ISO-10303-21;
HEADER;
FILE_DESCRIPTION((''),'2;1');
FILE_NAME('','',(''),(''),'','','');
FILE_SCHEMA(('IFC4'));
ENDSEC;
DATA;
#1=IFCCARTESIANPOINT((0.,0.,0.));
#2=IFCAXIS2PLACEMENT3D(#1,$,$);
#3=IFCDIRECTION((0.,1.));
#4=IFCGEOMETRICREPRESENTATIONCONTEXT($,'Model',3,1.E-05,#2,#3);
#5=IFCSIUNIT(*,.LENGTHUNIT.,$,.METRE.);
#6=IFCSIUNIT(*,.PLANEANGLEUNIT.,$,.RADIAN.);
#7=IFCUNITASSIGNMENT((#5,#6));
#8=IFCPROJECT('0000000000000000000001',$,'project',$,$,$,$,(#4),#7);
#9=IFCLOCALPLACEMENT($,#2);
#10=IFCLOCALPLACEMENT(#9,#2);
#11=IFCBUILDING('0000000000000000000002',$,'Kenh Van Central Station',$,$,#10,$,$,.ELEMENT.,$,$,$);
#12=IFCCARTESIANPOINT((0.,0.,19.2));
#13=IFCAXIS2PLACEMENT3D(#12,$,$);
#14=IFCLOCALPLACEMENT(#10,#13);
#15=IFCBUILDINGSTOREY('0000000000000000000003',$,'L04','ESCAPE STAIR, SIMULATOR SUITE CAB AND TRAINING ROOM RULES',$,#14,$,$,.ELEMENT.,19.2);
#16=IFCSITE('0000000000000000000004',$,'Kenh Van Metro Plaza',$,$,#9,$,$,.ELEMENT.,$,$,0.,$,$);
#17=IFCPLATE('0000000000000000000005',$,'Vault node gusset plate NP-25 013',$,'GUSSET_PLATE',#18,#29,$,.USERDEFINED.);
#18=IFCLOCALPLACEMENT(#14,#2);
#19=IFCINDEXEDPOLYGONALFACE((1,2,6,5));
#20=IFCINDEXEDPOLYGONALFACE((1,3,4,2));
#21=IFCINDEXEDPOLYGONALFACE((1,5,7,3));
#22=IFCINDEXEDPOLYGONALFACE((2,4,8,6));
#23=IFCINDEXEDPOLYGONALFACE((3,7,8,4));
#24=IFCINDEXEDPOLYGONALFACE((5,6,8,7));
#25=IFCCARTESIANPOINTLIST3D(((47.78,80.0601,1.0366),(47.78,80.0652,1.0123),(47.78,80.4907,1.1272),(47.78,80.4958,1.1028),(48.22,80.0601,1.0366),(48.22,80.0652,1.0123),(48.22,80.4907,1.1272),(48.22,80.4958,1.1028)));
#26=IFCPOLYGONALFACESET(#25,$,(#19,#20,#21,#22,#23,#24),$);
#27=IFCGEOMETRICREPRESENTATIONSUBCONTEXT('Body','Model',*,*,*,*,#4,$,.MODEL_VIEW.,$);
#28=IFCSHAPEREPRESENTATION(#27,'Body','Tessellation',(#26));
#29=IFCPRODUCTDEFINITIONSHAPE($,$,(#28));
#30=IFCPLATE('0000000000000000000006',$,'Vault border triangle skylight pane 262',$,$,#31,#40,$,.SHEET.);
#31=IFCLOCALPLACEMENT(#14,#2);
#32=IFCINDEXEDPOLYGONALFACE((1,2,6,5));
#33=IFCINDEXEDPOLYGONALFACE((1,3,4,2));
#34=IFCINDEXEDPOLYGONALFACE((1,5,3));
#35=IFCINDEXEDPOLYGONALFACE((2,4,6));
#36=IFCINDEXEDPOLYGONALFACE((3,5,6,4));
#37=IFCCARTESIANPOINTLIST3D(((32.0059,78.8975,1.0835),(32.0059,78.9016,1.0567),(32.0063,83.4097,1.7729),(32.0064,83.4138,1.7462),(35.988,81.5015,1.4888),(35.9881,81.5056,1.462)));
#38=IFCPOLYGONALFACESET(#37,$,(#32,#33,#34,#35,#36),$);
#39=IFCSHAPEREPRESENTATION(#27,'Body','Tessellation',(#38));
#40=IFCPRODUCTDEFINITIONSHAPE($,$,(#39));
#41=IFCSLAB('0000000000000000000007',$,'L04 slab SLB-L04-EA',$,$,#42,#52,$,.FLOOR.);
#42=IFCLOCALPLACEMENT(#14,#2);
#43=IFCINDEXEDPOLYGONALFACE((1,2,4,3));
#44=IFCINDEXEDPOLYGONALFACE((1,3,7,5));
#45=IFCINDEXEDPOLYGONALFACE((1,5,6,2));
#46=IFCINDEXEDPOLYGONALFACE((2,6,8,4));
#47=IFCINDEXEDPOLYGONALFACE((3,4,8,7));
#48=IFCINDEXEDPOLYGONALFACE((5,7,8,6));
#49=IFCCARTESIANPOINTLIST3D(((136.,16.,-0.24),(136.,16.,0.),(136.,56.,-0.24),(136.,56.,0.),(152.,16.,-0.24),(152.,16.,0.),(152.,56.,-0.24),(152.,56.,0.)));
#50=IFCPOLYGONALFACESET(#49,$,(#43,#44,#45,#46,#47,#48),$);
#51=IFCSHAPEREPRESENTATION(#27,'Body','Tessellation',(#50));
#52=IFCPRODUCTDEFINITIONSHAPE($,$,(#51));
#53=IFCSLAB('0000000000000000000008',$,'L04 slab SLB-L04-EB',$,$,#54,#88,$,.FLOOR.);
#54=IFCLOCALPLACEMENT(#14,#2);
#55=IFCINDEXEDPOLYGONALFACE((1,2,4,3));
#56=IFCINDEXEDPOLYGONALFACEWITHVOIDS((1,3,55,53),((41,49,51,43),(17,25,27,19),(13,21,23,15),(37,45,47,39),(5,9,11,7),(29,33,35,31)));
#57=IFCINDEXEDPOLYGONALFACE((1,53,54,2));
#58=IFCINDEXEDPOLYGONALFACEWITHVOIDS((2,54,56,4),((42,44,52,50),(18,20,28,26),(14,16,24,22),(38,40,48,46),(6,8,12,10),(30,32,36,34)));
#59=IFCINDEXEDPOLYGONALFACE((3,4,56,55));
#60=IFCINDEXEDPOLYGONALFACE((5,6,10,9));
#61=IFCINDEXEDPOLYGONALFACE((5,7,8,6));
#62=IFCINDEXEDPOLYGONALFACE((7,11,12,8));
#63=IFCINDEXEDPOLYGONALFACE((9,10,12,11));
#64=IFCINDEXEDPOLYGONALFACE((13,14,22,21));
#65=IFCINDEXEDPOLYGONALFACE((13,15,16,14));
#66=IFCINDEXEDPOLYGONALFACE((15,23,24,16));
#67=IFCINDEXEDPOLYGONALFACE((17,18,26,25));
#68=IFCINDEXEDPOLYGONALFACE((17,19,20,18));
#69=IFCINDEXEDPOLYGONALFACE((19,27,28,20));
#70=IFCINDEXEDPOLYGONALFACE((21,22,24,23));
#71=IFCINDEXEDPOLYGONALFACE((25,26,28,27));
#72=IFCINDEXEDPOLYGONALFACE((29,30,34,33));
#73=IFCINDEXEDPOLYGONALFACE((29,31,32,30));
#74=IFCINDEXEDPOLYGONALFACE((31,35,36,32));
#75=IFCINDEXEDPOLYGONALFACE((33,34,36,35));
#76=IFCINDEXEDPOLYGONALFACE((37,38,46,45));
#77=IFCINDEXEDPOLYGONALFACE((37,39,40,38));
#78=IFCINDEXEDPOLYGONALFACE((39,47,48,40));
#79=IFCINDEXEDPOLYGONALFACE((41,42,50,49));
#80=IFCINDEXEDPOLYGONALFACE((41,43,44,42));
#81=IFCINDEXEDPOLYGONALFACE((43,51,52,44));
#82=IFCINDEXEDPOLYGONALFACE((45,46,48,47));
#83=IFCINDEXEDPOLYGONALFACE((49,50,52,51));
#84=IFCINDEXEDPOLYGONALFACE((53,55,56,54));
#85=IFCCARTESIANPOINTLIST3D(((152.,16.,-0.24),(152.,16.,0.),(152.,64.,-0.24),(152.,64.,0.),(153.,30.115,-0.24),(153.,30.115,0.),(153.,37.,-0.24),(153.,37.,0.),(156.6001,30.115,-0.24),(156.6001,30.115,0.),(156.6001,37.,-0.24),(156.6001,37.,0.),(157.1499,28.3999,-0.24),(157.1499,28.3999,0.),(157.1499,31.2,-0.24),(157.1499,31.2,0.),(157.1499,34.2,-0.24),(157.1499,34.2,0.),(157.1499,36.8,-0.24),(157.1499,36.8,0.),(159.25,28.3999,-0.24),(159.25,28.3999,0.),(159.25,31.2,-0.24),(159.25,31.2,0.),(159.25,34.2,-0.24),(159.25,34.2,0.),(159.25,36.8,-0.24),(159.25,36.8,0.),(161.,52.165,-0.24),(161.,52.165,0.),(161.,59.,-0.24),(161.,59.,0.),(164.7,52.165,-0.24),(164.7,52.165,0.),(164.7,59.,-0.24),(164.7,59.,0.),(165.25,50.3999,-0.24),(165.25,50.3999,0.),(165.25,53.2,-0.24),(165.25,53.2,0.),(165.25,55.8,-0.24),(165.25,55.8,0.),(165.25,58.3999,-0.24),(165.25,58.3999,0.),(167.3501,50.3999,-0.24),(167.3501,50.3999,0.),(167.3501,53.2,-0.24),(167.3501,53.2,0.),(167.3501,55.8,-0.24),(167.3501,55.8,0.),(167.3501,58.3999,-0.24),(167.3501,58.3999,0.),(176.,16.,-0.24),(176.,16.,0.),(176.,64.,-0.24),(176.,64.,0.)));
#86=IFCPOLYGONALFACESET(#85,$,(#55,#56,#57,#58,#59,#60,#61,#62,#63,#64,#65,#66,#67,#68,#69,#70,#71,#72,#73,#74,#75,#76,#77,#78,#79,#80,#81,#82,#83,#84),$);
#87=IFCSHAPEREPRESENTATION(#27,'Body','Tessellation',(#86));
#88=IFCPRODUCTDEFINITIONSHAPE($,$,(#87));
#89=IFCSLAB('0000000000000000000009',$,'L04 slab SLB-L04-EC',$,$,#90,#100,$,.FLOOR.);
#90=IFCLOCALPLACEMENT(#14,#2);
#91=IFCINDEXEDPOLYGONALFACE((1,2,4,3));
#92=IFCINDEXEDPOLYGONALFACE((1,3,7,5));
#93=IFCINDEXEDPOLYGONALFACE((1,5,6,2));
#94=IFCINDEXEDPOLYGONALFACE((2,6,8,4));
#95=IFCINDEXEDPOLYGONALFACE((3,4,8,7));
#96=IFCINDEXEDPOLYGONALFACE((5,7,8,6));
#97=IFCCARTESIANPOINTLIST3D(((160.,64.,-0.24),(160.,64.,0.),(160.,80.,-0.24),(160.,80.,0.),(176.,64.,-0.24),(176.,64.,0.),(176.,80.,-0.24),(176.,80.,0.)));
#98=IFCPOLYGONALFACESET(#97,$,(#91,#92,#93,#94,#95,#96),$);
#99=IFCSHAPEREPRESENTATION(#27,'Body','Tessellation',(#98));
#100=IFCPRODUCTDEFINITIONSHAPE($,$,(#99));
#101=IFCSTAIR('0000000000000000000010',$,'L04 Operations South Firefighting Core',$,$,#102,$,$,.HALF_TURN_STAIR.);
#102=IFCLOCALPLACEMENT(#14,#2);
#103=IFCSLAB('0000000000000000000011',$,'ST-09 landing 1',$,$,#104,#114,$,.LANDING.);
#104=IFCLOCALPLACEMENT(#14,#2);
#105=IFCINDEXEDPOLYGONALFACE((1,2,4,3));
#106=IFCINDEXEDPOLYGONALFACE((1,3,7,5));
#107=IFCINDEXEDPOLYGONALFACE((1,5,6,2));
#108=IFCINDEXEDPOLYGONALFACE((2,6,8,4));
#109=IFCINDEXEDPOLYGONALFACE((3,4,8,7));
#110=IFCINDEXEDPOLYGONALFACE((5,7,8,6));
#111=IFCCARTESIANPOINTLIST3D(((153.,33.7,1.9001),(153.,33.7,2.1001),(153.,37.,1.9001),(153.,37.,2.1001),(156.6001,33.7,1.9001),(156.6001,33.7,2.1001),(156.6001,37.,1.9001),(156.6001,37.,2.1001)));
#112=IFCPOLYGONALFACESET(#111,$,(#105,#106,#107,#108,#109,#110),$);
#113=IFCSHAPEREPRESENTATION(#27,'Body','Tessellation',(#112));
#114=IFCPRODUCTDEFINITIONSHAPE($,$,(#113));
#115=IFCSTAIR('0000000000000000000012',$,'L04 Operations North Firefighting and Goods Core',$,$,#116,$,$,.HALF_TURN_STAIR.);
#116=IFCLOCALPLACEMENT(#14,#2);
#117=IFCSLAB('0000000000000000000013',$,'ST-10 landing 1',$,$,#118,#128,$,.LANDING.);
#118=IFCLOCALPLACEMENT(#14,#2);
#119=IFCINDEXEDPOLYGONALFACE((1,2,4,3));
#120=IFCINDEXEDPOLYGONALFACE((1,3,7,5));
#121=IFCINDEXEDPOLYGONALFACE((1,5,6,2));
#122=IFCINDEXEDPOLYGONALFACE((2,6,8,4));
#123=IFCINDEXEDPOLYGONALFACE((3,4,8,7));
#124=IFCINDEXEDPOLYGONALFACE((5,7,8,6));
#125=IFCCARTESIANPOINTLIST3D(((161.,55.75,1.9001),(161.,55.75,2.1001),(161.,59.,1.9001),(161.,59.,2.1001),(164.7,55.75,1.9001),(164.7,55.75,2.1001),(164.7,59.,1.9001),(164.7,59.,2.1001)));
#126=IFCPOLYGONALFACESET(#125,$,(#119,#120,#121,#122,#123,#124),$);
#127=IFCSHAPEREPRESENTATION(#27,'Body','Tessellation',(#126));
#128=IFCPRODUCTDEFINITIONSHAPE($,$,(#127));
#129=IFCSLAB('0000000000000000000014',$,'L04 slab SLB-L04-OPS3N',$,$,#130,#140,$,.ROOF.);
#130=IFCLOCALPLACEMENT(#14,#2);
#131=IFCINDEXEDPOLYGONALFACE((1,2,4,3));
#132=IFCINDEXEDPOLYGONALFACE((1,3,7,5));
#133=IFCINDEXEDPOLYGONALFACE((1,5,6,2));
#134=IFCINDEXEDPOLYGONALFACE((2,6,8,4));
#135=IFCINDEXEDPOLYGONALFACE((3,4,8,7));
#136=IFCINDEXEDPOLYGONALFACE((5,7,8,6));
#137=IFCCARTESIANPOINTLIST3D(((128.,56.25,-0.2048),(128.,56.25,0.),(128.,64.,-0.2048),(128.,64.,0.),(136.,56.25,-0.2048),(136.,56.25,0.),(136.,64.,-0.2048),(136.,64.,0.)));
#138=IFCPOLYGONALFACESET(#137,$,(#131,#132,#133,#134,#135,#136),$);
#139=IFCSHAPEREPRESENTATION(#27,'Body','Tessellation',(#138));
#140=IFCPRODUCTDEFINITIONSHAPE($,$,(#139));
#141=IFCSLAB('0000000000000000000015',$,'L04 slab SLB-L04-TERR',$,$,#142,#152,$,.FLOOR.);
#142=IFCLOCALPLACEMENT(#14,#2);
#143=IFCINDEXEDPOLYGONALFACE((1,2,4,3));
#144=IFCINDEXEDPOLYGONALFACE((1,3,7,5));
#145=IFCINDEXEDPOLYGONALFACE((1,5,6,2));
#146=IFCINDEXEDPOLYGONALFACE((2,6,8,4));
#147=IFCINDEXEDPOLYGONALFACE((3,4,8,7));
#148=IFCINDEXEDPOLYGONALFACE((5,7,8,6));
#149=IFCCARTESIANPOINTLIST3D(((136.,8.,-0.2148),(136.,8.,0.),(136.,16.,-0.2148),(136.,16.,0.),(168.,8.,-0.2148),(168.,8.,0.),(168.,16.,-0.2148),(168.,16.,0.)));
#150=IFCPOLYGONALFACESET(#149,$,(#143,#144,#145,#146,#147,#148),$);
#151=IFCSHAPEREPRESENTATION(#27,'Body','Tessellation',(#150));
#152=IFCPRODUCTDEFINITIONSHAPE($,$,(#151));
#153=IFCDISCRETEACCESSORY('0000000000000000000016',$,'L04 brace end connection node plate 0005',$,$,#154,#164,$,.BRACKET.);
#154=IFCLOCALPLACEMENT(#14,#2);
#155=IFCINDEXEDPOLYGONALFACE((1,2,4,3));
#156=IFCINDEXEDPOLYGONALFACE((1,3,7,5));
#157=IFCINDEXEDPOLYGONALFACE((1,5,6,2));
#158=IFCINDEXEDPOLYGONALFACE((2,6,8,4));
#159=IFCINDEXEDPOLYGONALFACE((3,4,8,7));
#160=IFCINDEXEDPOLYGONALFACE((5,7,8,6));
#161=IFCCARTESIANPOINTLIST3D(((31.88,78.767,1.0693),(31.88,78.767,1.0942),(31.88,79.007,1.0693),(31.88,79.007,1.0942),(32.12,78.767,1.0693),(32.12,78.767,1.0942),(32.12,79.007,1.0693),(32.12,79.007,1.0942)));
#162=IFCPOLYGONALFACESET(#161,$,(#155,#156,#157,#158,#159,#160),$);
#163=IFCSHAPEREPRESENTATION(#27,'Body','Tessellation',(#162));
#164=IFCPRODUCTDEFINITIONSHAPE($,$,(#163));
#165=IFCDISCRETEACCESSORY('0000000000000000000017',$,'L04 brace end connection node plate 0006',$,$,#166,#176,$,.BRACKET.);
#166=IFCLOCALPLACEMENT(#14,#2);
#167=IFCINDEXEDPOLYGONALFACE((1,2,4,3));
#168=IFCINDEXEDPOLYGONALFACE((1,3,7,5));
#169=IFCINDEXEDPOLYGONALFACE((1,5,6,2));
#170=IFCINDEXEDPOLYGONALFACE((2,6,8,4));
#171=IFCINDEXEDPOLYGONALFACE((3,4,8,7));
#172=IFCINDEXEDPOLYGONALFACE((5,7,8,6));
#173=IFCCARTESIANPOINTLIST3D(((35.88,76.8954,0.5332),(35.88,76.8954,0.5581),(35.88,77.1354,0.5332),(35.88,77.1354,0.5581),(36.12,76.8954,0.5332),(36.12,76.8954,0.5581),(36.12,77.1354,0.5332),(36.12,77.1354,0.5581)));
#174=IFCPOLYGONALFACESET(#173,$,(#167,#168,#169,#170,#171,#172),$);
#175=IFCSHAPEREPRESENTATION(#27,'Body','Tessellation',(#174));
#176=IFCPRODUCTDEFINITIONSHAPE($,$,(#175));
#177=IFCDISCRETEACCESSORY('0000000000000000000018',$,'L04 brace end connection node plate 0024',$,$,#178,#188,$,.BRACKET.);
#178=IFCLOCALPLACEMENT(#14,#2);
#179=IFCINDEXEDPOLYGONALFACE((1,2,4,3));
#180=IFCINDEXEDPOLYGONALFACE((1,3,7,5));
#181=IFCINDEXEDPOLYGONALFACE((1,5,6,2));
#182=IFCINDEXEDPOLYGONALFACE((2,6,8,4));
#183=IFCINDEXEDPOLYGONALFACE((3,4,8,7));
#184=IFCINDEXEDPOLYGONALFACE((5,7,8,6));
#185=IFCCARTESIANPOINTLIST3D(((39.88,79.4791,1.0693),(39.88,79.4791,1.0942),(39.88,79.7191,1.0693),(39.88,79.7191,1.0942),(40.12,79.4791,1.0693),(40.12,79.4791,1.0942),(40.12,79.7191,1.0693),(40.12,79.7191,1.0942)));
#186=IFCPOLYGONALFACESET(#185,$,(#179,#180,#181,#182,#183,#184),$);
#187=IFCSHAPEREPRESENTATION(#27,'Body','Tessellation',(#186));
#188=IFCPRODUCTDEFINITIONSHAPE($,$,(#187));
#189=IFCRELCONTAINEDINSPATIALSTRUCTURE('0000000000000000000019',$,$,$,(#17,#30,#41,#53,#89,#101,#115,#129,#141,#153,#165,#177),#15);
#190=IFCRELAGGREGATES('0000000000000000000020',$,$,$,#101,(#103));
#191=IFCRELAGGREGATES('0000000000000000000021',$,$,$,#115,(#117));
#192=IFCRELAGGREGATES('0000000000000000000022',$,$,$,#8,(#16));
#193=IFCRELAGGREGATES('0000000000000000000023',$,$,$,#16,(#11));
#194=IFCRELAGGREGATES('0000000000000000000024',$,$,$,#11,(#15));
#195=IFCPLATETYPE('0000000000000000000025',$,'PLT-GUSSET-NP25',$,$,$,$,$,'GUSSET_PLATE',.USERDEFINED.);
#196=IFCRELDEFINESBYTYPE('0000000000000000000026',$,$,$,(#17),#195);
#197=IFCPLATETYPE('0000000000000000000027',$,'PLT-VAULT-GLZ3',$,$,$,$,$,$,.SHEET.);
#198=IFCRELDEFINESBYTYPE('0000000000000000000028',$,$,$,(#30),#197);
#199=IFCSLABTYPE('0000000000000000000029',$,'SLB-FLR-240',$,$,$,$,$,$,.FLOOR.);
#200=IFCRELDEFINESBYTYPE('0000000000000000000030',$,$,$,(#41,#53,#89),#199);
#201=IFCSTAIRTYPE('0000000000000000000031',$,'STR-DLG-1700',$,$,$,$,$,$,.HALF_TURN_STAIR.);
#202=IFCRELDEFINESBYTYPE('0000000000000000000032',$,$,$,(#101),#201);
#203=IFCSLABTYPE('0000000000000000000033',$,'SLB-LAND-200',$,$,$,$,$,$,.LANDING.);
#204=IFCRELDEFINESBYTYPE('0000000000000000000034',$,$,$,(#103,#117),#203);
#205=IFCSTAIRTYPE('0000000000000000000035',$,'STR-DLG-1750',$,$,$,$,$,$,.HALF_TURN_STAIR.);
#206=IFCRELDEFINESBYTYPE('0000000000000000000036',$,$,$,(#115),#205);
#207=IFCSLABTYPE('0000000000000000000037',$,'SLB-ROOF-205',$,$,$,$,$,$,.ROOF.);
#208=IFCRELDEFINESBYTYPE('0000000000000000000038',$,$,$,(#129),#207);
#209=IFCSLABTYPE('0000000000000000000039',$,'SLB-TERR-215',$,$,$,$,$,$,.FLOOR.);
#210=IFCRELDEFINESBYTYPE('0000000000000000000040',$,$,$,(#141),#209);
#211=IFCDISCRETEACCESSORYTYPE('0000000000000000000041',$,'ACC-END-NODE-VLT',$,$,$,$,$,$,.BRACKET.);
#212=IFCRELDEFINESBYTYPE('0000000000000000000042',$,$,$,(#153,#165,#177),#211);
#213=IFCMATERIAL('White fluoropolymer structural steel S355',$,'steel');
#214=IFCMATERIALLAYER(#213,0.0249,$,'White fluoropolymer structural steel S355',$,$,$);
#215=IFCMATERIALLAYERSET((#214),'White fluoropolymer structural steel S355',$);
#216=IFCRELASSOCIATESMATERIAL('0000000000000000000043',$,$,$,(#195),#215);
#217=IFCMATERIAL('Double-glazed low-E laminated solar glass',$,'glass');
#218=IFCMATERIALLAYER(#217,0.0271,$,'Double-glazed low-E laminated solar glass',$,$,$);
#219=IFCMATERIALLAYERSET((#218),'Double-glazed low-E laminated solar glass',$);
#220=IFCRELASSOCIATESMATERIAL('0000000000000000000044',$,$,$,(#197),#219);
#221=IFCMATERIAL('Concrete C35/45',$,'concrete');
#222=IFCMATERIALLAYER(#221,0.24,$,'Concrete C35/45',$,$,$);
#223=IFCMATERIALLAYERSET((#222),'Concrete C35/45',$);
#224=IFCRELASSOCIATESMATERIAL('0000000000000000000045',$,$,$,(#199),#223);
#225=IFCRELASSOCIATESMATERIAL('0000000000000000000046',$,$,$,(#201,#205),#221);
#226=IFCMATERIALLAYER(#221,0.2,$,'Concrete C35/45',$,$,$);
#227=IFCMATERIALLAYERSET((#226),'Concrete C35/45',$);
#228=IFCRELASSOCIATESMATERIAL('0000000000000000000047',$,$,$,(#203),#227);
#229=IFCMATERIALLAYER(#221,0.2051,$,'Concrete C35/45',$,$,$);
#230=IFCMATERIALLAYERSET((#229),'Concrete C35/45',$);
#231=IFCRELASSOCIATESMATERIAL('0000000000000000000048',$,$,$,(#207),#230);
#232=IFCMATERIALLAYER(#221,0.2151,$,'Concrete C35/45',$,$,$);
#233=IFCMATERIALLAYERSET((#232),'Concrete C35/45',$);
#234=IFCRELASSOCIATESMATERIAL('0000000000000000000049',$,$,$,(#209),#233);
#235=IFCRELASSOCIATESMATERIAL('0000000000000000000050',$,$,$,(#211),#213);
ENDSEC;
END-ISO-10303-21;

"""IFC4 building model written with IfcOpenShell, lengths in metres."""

from ifc_helpers import new_model, si_unit, direction, frame, origin, origin_2d, place, context, subcontext, project, spatial, polyline, rectangle, outline, extrude, material, layer, layer_set, type_object, element, aggregate, save


model = new_model("IFC4")

# Units and contexts
model_context = context("Model", 3, precision=1e-05, world=origin(), true_north=direction((0.0, 1.0)))
body_context = subcontext(model_context, "Body", "Model", "MODEL_VIEW")
ifc_project = project(units=[si_unit("LENGTHUNIT", "METRE"), si_unit("PLANEANGLEUNIT", "RADIAN")], contexts=[model_context])

# Site, building, storey
site_placement = place(None, origin())
site = spatial("IfcSite", under=ifc_project, at=site_placement, Name="Kenh Van Metro Plaza", CompositionType="ELEMENT", RefElevation=0.0)
building_placement = place(site_placement, origin())
building = spatial("IfcBuilding", under=site, at=building_placement, Name="Kenh Van Central Station", CompositionType="ELEMENT")
storey_placement = place(building_placement, frame((0.0, 0.0, 19.2)))
storey = spatial("IfcBuildingStorey", under=building, at=storey_placement, Name="L04", Description="ESCAPE STAIR, SIMULATOR SUITE CAB AND TRAINING ROOM RULES", CompositionType="ELEMENT", Elevation=19.2)

# Shared definitions
ifc_material_1 = material(Name="White fluoropolymer structural steel S355", Category="steel")

# Plates
ifc_layer_1 = layer(ifc_material_1, 0.0249, Name="White fluoropolymer structural steel S355")
ifc_layer_set_1 = layer_set([ifc_layer_1], Name="White fluoropolymer structural steel S355")
plate_type_1 = type_object("IfcPlateType", Name="PLT-GUSSET-NP25", ElementType="GUSSET_PLATE", PredefinedType="USERDEFINED", material=ifc_layer_set_1)
for number, where, z_axis, x_axis, name in (
    (1, (47.78, 80.0601, 1.0366), (0.0, -0.205815, 0.978591), (1.0, 0.0, 0.0), "Vault node gusset plate NP-25 013"),
):
    element("IfcPlate", number, at=place(storey_placement, frame(where, z_axis=z_axis, x_axis=x_axis)), inside=storey, type_object=plate_type_1, Name=name, ObjectType="GUSSET_PLATE", PredefinedType="USERDEFINED", context=body_context, shape_type="SweptSolid", body=[
        extrude(outline(polyline([(0.0, 0.0), (0.4399, 0.0), (0.4399, 0.4401), (0.0, 0.4401), (0.0, 0.0)])), origin(), (0.0, 0.0, -1.0), 0.0249),
    ])
ifc_material_2 = material(Name="Double-glazed low-E laminated solar glass", Category="glass")
ifc_layer_2 = layer(ifc_material_2, 0.0271, Name="Double-glazed low-E laminated solar glass")
ifc_layer_set_2 = layer_set([ifc_layer_2], Name="Double-glazed low-E laminated solar glass")
plate_type_2 = type_object("IfcPlateType", Name="PLT-VAULT-GLZ3", PredefinedType="SHEET", material=ifc_layer_set_2)
plate_1_placement = place(storey_placement, frame((32.0059, 78.8975, 1.0835), z_axis=(-0.001834, -0.151044, 0.988525), x_axis=(0.833924, 0.545315, 0.08487)))
element("IfcPlate", 2, at=plate_1_placement, inside=storey, type_object=plate_type_2, Name="Vault border triangle skylight pane 262", PredefinedType="SHEET", context=body_context, shape_type="SweptSolid", body=[
    extrude(outline(polyline([(0.0, 0.0), (4.7752, 0.0), (2.5195, 3.8062), (0.0, 0.0)])), origin(), (0.0, 0.0, -1.0), 0.0271),
])

# Slabs
ifc_material_3 = material(Name="Concrete C35/45", Category="concrete")
ifc_layer_3 = layer(ifc_material_3, 0.24, Name="Concrete C35/45")
ifc_layer_set_3 = layer_set([ifc_layer_3], Name="Concrete C35/45")
slab_type_1 = type_object("IfcSlabType", Name="SLB-FLR-240", PredefinedType="FLOOR", material=ifc_layer_set_3)
slab_1_placement = place(storey_placement, frame((0.0, 0.0, -0.24)))
element("IfcSlab", 3, at=slab_1_placement, inside=storey, type_object=slab_type_1, Name="L04 slab SLB-L04-EA", PredefinedType="FLOOR", context=body_context, shape_type="SweptSolid", body=[
    extrude(outline(polyline([(136.0, 16.0), (152.0, 16.0), (152.0, 56.0), (136.0, 56.0), (136.0, 16.0)])), origin(), (0.0, 0.0, 1.0), 0.24),
])
slab_2_placement = place(storey_placement, frame((0.0, 0.0, -0.24)))
element("IfcSlab", 4, at=slab_2_placement, inside=storey, type_object=slab_type_1, Name="L04 slab SLB-L04-EB", PredefinedType="FLOOR", context=body_context, shape_type="SweptSolid", body=[
    extrude(outline(polyline([(152.0, 16.0), (176.0, 16.0), (176.0, 64.0), (152.0, 64.0), (152.0, 16.0)]), holes=[polyline([(165.25, 53.2), (167.3501, 53.2), (167.3501, 50.3999), (165.25, 50.3999), (165.25, 53.2)]), polyline([(167.3501, 58.3999), (167.3501, 55.8), (165.25, 55.8), (165.25, 58.3999), (167.3501, 58.3999)]), polyline([(164.7, 59.0), (164.7, 52.165), (161.0, 52.165), (161.0, 59.0), (164.7, 59.0)]), polyline([(157.1499, 31.2), (159.25, 31.2), (159.25, 28.3999), (157.1499, 28.3999), (157.1499, 31.2)]), polyline([(159.25, 36.8), (159.25, 34.2), (157.1499, 34.2), (157.1499, 36.8), (159.25, 36.8)]), polyline([(156.6001, 37.0), (156.6001, 30.115), (153.0, 30.115), (153.0, 37.0), (156.6001, 37.0)])]), origin(), (0.0, 0.0, 1.0), 0.24),
])
slab_3_placement = place(storey_placement, frame((0.0, 0.0, -0.24)))
element("IfcSlab", 5, at=slab_3_placement, inside=storey, type_object=slab_type_1, Name="L04 slab SLB-L04-EC", PredefinedType="FLOOR", context=body_context, shape_type="SweptSolid", body=[
    extrude(outline(polyline([(160.0, 64.0), (176.0, 64.0), (176.0, 80.0), (160.0, 80.0), (160.0, 64.0)])), origin(), (0.0, 0.0, 1.0), 0.24),
])

# Stairs, slabs
stair_type_1 = type_object("IfcStairType", Name="STR-DLG-1700", PredefinedType="HALF_TURN_STAIR", material=ifc_material_3)
stair_1_placement = place(storey_placement, origin())
stair_1 = element("IfcStair", 6, at=stair_1_placement, inside=storey, type_object=stair_type_1, Name="L04 Operations South Firefighting Core", PredefinedType="HALF_TURN_STAIR")
ifc_layer_4 = layer(ifc_material_3, 0.2, Name="Concrete C35/45")
ifc_layer_set_4 = layer_set([ifc_layer_4], Name="Concrete C35/45")
slab_type_2 = type_object("IfcSlabType", Name="SLB-LAND-200", PredefinedType="LANDING", material=ifc_layer_set_4)
slab_4_placement = place(storey_placement, frame((0.0, 0.0, 1.9001)))
slab_4 = element("IfcSlab", 7, at=slab_4_placement, type_object=slab_type_2, Name="ST-09 landing 1", PredefinedType="LANDING", context=body_context, shape_type="SweptSolid", body=[
    extrude(outline(polyline([(156.6001, 33.7), (156.6001, 37.0), (153.0, 37.0), (153.0, 33.7), (156.6001, 33.7)])), origin(), (0.0, 0.0, 1.0), 0.2),
])
aggregate(stair_1, [slab_4])
stair_type_2 = type_object("IfcStairType", Name="STR-DLG-1750", PredefinedType="HALF_TURN_STAIR", material=ifc_material_3)
stair_2_placement = place(storey_placement, origin())
stair_2 = element("IfcStair", 8, at=stair_2_placement, inside=storey, type_object=stair_type_2, Name="L04 Operations North Firefighting and Goods Core", PredefinedType="HALF_TURN_STAIR")
slab_5_placement = place(storey_placement, frame((0.0, 0.0, 1.9001)))
slab_5 = element("IfcSlab", 9, at=slab_5_placement, type_object=slab_type_2, Name="ST-10 landing 1", PredefinedType="LANDING", context=body_context, shape_type="SweptSolid", body=[
    extrude(outline(polyline([(164.7, 55.75), (164.7, 59.0), (161.0, 59.0), (161.0, 55.75), (164.7, 55.75)])), origin(), (0.0, 0.0, 1.0), 0.2),
])
aggregate(stair_2, [slab_5])

# Slabs
ifc_layer_5 = layer(ifc_material_3, 0.2051, Name="Concrete C35/45")
ifc_layer_set_5 = layer_set([ifc_layer_5], Name="Concrete C35/45")
slab_type_3 = type_object("IfcSlabType", Name="SLB-ROOF-205", PredefinedType="ROOF", material=ifc_layer_set_5)
slab_6_placement = place(storey_placement, frame((0.0, 0.0, -0.2048)))
element("IfcSlab", 10, at=slab_6_placement, inside=storey, type_object=slab_type_3, Name="L04 slab SLB-L04-OPS3N", PredefinedType="ROOF", context=body_context, shape_type="SweptSolid", body=[
    extrude(outline(polyline([(136.0, 56.25), (136.0, 64.0), (128.0, 64.0), (128.0, 56.25), (136.0, 56.25)])), origin(), (0.0, 0.0, 1.0), 0.2048),
])
ifc_layer_6 = layer(ifc_material_3, 0.2151, Name="Concrete C35/45")
ifc_layer_set_6 = layer_set([ifc_layer_6], Name="Concrete C35/45")
slab_type_4 = type_object("IfcSlabType", Name="SLB-TERR-215", PredefinedType="FLOOR", material=ifc_layer_set_6)
slab_7_placement = place(storey_placement, frame((0.0, 0.0, -0.2148)))
element("IfcSlab", 11, at=slab_7_placement, inside=storey, type_object=slab_type_4, Name="L04 slab SLB-L04-TERR", PredefinedType="FLOOR", context=body_context, shape_type="SweptSolid", body=[
    extrude(outline(polyline([(168.0, 8.0), (168.0, 16.0), (136.0, 16.0), (136.0, 8.0), (168.0, 8.0)])), origin(), (0.0, 0.0, 1.0), 0.2148),
])

# Discrete accessories
discrete_accessory_type = type_object("IfcDiscreteAccessoryType", Name="ACC-END-NODE-VLT", PredefinedType="BRACKET", material=ifc_material_1)
for number, where, z_axis, x_axis, name in (
    (12, (32.0, 78.887, 1.0693), (0.0, 0.0, 1.0), (1.0, 0.0, 0.0), "L04 brace end connection node plate 0005"),
    (13, (36.0, 77.0154, 0.5332), (0.0, 0.0, 1.0), (1.0, 0.0, 0.0), "L04 brace end connection node plate 0006"),
    (14, (40.0, 79.5991, 1.0693), (0.0, 0.0, 1.0), (1.0, 0.0, 0.0), "L04 brace end connection node plate 0024"),
):
    element("IfcDiscreteAccessory", number, at=place(storey_placement, frame(where, z_axis=z_axis, x_axis=x_axis)), inside=storey, type_object=discrete_accessory_type, Name=name, PredefinedType="BRACKET", context=body_context, shape_type="SweptSolid", body=[
        extrude(rectangle(XDim=0.24, YDim=0.24, at=origin_2d()), origin(), (0.0, 0.0, 1.0), 0.0249),
    ])

save(model, "model.ifc")
